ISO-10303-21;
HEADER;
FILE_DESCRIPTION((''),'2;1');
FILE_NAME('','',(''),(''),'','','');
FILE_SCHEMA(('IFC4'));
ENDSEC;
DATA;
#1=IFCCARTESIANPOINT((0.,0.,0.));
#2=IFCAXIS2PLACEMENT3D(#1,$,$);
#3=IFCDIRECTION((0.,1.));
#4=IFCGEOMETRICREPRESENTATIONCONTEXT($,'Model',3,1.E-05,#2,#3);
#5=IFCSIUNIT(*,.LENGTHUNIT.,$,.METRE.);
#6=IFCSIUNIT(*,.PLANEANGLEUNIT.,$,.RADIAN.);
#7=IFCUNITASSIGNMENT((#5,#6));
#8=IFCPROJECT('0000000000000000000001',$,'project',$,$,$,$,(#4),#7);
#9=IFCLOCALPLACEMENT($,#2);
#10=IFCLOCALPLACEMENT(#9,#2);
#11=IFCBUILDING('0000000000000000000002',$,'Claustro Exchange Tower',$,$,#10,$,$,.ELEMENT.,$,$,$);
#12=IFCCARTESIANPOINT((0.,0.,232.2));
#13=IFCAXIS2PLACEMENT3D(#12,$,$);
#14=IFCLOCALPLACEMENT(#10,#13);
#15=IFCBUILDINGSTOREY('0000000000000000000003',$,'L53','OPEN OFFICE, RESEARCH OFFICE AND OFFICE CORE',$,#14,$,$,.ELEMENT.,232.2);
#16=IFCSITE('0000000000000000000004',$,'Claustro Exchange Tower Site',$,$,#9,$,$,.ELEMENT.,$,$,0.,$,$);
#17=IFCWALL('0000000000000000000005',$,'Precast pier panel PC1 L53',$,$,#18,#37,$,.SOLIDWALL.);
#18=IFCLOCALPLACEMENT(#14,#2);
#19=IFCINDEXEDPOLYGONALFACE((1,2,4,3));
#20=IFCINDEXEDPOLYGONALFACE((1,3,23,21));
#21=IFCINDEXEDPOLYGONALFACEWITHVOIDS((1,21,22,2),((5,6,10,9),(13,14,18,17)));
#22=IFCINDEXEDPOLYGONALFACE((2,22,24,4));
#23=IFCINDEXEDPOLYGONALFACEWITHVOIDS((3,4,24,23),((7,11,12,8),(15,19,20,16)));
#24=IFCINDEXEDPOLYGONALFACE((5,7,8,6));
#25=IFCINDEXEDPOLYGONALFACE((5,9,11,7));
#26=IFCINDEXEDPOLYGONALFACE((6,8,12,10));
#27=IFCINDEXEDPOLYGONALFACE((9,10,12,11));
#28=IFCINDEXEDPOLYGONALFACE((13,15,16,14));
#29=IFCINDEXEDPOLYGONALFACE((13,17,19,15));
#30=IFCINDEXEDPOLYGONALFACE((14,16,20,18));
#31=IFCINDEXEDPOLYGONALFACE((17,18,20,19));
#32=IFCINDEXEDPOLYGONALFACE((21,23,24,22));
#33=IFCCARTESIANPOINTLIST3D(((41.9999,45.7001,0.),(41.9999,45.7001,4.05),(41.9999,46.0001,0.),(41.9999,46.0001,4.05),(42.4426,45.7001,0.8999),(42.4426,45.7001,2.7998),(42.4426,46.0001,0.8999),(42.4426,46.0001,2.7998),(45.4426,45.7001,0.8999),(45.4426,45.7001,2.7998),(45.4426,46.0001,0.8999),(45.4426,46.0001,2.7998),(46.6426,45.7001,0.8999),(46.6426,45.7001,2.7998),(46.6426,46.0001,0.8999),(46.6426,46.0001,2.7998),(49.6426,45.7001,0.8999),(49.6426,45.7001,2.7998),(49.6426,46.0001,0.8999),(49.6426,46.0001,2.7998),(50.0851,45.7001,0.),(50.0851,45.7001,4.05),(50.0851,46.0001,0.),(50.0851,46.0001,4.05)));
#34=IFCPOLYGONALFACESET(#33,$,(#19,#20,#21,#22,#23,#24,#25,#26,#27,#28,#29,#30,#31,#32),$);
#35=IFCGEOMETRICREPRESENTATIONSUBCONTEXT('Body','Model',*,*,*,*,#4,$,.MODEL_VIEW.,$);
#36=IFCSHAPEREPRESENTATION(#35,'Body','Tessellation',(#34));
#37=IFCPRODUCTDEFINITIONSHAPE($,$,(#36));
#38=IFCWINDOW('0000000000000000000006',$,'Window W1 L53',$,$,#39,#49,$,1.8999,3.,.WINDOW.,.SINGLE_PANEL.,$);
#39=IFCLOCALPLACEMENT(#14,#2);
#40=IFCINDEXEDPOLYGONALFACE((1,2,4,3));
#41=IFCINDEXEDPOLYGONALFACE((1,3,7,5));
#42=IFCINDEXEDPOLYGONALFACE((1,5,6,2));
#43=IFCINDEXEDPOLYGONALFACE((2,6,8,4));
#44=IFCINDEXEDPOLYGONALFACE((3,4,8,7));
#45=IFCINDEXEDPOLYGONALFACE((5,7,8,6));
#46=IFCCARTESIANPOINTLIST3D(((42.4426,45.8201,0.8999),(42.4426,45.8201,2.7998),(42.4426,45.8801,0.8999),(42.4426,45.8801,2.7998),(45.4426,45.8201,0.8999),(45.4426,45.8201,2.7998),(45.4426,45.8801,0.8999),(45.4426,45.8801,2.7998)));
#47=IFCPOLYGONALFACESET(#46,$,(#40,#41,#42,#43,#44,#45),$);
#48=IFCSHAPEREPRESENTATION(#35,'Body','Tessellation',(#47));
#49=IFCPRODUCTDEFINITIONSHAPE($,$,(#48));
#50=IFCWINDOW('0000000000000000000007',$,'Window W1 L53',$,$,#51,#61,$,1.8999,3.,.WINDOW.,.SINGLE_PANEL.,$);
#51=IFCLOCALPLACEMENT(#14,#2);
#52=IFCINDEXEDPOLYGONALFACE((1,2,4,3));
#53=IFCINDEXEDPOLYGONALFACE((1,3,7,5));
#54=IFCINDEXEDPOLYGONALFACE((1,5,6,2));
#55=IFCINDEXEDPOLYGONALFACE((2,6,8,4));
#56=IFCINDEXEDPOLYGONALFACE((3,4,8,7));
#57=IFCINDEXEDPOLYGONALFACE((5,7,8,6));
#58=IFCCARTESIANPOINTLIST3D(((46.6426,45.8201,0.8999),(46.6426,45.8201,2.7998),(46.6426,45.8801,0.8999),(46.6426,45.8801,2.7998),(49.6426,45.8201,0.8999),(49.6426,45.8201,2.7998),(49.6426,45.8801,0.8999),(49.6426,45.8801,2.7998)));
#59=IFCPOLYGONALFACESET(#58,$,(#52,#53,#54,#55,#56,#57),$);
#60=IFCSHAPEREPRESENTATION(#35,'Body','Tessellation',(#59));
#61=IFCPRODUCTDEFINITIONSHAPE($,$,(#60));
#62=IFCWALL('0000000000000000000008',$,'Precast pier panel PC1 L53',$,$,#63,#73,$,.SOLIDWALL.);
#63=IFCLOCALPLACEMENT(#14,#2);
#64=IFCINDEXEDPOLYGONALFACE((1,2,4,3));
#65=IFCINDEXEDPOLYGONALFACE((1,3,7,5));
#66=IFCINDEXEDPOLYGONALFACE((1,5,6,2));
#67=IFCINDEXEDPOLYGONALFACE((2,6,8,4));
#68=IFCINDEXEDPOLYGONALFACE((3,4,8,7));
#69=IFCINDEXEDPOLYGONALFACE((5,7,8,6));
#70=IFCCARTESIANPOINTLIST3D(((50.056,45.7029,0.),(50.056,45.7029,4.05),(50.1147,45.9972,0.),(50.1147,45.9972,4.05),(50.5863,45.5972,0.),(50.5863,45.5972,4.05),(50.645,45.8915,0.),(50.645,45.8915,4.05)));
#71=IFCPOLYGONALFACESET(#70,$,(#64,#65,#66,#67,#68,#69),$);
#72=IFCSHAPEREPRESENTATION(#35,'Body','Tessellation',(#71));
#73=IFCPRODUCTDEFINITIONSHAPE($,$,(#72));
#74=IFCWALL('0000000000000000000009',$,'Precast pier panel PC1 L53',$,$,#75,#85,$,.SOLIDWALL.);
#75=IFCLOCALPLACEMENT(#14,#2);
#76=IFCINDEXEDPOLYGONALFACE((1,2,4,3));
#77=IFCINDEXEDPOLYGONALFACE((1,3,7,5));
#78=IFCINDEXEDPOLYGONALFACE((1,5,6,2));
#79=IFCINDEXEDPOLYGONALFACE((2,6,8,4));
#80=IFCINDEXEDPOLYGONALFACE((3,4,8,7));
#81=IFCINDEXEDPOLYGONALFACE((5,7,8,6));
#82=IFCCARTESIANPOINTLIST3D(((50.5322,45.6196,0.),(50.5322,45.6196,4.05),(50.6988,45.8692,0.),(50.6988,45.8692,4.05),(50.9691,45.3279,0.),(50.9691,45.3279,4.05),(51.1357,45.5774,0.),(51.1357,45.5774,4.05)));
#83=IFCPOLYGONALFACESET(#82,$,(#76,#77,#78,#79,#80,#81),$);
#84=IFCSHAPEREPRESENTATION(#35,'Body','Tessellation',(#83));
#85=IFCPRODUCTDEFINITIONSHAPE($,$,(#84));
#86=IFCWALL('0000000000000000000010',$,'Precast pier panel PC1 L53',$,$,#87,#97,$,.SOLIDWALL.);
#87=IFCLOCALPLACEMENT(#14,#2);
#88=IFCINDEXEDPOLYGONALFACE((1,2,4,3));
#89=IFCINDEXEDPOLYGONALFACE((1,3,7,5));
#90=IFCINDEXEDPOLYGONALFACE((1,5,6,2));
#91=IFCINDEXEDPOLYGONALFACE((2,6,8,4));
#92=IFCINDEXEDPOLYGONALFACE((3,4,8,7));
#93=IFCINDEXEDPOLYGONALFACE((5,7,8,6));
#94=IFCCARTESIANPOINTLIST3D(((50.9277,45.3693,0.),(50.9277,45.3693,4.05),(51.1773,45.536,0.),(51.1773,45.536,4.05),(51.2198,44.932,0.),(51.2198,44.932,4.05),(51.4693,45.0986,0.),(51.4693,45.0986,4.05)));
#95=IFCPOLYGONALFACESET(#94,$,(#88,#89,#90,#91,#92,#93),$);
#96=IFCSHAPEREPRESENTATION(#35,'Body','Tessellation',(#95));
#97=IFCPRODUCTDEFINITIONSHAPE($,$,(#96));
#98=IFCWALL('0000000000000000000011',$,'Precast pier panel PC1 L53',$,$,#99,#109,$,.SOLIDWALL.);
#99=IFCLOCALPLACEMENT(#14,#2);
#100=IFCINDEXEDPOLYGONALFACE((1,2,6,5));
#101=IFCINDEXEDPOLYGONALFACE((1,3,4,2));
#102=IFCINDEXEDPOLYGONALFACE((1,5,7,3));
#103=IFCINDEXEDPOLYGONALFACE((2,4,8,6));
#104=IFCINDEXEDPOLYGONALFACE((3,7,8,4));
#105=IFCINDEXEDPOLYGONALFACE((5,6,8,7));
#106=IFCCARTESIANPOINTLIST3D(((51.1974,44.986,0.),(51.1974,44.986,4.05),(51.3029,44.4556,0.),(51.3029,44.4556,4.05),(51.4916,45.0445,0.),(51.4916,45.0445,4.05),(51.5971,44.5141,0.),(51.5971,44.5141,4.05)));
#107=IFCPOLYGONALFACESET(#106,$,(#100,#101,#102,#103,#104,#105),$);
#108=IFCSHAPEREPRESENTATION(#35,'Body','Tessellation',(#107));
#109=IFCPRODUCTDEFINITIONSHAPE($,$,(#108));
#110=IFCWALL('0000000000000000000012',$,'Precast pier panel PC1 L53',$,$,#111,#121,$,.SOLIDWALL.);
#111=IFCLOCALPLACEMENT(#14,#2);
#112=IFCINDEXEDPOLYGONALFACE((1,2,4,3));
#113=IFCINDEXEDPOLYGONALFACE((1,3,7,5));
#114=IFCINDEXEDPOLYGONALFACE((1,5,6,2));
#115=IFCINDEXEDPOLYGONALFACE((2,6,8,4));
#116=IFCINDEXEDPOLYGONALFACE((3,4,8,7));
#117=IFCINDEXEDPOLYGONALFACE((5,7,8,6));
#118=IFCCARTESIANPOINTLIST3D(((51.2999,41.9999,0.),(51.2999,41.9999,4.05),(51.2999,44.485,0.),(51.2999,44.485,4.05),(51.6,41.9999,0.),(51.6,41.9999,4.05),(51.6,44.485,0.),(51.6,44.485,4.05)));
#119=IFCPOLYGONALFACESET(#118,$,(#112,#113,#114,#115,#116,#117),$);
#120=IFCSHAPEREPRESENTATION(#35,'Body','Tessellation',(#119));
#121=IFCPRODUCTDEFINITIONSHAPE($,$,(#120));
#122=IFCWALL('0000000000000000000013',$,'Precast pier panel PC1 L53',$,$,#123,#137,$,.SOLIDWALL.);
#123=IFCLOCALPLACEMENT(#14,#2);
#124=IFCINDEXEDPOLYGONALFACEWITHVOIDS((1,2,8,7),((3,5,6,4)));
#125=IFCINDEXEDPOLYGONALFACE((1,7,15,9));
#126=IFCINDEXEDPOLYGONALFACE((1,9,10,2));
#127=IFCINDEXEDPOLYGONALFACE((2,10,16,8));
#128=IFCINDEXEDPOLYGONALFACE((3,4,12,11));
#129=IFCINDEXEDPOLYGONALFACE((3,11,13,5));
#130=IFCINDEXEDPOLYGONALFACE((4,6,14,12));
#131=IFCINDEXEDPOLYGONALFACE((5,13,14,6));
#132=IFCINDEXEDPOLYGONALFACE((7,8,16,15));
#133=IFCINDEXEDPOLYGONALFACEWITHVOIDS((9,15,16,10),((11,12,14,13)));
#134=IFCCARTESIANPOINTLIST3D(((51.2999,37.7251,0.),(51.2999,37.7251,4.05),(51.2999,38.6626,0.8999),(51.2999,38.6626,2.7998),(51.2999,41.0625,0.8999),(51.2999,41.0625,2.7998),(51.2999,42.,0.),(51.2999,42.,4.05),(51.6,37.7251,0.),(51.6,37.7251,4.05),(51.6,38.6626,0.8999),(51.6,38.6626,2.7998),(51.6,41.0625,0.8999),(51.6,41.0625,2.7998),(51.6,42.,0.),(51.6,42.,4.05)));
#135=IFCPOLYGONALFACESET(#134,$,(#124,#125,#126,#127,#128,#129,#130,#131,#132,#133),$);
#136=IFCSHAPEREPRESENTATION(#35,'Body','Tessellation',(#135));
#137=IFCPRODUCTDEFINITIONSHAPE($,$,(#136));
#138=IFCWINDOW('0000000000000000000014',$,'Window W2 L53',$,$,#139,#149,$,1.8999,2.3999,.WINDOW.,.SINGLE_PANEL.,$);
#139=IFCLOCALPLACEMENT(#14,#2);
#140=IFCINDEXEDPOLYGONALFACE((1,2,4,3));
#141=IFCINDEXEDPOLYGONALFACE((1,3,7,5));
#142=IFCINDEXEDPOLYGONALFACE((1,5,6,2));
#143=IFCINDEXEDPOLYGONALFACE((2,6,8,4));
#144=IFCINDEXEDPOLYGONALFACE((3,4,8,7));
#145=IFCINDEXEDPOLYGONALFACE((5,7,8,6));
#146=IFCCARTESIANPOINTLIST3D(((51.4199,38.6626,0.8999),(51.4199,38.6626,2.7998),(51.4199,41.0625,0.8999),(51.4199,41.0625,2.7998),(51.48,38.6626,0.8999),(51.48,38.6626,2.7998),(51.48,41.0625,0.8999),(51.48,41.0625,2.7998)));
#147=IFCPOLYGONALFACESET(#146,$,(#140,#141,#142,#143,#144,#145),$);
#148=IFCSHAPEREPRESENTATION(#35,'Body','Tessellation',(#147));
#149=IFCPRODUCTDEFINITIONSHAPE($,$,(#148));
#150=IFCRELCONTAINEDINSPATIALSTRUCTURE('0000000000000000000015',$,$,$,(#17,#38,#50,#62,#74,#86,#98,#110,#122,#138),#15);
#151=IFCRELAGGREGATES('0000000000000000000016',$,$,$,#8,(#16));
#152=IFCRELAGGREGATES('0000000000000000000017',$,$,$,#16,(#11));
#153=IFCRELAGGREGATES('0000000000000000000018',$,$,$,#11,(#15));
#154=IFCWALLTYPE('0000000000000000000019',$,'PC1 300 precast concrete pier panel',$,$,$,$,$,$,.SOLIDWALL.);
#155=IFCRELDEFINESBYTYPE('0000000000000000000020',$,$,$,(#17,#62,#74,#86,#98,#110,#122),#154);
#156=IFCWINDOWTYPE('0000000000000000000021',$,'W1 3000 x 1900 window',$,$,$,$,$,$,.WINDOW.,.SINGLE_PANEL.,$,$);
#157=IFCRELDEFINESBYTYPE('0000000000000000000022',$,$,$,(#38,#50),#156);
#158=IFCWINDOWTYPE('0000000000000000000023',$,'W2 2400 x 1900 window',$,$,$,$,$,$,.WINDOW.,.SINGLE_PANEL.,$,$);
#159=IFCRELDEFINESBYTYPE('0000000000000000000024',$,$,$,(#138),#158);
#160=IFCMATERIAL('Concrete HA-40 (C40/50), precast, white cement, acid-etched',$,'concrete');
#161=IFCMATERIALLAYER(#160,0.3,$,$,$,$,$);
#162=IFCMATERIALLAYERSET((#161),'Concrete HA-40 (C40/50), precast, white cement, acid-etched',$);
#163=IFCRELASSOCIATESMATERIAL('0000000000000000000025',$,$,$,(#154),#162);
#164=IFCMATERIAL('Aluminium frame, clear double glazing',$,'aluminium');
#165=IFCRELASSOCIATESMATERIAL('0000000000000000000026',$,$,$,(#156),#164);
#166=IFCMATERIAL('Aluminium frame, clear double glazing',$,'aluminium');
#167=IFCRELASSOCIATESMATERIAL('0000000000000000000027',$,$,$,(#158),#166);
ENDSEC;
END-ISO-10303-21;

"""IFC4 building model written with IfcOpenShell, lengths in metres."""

from ifc_helpers import new_model, si_unit, direction, frame, frame_2d, origin, place, context, subcontext, project, spatial, rectangle, extrude, material, layer, layer_set, type_object, element, fill, save


model = new_model("IFC4")

# Units and contexts
model_context = context("Model", 3, precision=1e-05, world=origin(), true_north=direction((0.0, 1.0)))
body_context = subcontext(model_context, "Body", "Model", "MODEL_VIEW")
ifc_project = project(units=[si_unit("LENGTHUNIT", "METRE"), si_unit("PLANEANGLEUNIT", "RADIAN")], contexts=[model_context])

# Site, building, storey
site_placement = place(None, origin())
site = spatial("IfcSite", under=ifc_project, at=site_placement, Name="Claustro Exchange Tower Site", CompositionType="ELEMENT", RefElevation=0.0)
building_placement = place(site_placement, origin())
building = spatial("IfcBuilding", under=site, at=building_placement, Name="Claustro Exchange Tower", CompositionType="ELEMENT")
storey_placement = place(building_placement, frame((0.0, 0.0, 232.2)))
storey = spatial("IfcBuildingStorey", under=building, at=storey_placement, Name="L53", Description="OPEN OFFICE, RESEARCH OFFICE AND OFFICE CORE", CompositionType="ELEMENT", Elevation=232.2)

# Wall, openings, windows
ifc_material_1 = material(Name="Concrete HA-40 (C40/50), precast, white cement, acid-etched", Category="concrete")
ifc_layer_1 = layer(ifc_material_1, 0.3)
ifc_layer_set_1 = layer_set([ifc_layer_1], Name="Concrete HA-40 (C40/50), precast, white cement, acid-etched")
wall_type_1 = type_object("IfcWallType", Name="PC1 300 precast concrete pier panel", PredefinedType="SOLIDWALL", material=ifc_layer_set_1)
wall_1_placement = place(storey_placement, frame((42.0, 45.8501, 0.0), z_axis=(0.0, 0.0, 1.0), x_axis=(1.0, 0.0, 0.0)))
wall_1 = element("IfcWall", 1, at=wall_1_placement, inside=storey, type_object=wall_type_1, Name="Precast pier panel PC1 L53", PredefinedType="SOLIDWALL", context=body_context, shape_type="SweptSolid", body=[
    extrude(rectangle(XDim=8.0852, YDim=0.3, at=frame_2d((4.0425, 0.0))), origin(), (0.0, 0.0, 1.0), 4.05),
])
opening_1_placement = place(wall_1_placement, frame((0.4426, 0.0, 0.8999)))
opening_1 = element("IfcOpeningElement", 2, at=opening_1_placement, cuts=wall_1, PredefinedType="OPENING", context=body_context, shape_type="SweptSolid", body=[
    extrude(rectangle(XDim=3.0, YDim=1.8999, at=frame_2d((1.5, 0.95))), frame((0.0, 0.1599, 0.0), z_axis=(0.0, -1.0, 0.0), x_axis=(1.0, 0.0, 0.0)), (0.0, 0.0, 1.0), 0.3201),
])
opening_2_placement = place(wall_1_placement, frame((4.6426, 0.0, 0.8999)))
opening_2 = element("IfcOpeningElement", 3, at=opening_2_placement, cuts=wall_1, PredefinedType="OPENING", context=body_context, shape_type="SweptSolid", body=[
    extrude(rectangle(XDim=3.0, YDim=1.8999, at=frame_2d((1.5, 0.95))), frame((0.0, 0.1599, 0.0), z_axis=(0.0, -1.0, 0.0), x_axis=(1.0, 0.0, 0.0)), (0.0, 0.0, 1.0), 0.3201),
])
ifc_material_2 = material(Name="Aluminium frame, clear double glazing", Category="aluminium")
window_type_1 = type_object("IfcWindowType", Name="W1 3000 x 1900 window", PartitioningType="SINGLE_PANEL", PredefinedType="WINDOW", material=ifc_material_2)
window_1_placement = place(opening_1_placement, origin())
window_1 = element("IfcWindow", 4, at=window_1_placement, inside=storey, type_object=window_type_1, Name="Window W1 L53", OverallHeight=1.8999, OverallWidth=3.0, PartitioningType="SINGLE_PANEL", PredefinedType="WINDOW", context=body_context, shape_type="SweptSolid", body=[
    extrude(rectangle(XDim=3.0, YDim=1.8999, at=frame_2d((1.5, 0.95))), frame((0.0, 0.03, 0.0), z_axis=(0.0, -1.0, 0.0), x_axis=(1.0, 0.0, 0.0)), (0.0, 0.0, 1.0), 0.0601),
])
fill(opening_1, window_1)
window_2_placement = place(opening_2_placement, origin())
window_2 = element("IfcWindow", 5, at=window_2_placement, inside=storey, type_object=window_type_1, Name="Window W1 L53", OverallHeight=1.8999, OverallWidth=3.0, PartitioningType="SINGLE_PANEL", PredefinedType="WINDOW", context=body_context, shape_type="SweptSolid", body=[
    extrude(rectangle(XDim=3.0, YDim=1.8999, at=frame_2d((1.5, 0.95))), frame((0.0, 0.03, 0.0), z_axis=(0.0, -1.0, 0.0), x_axis=(1.0, 0.0, 0.0)), (0.0, 0.0, 1.0), 0.0601),
])
fill(opening_2, window_2)

# Walls
wall_2_placement = place(storey_placement, frame((50.0852, 45.8501, 0.0), z_axis=(0.0, 0.0, 1.0), x_axis=(0.980702, -0.195508, 0.0)))
element("IfcWall", 6, at=wall_2_placement, inside=storey, type_object=wall_type_1, Name="Precast pier panel PC1 L53", PredefinedType="SOLIDWALL", context=body_context, shape_type="SweptSolid", body=[
    extrude(rectangle(XDim=0.5408, YDim=0.3, at=frame_2d((0.2705, 0.0))), origin(), (0.0, 0.0, 1.0), 4.05),
])
wall_3_placement = place(storey_placement, frame((50.6155, 45.7444, 0.0), z_axis=(0.0, 0.0, 1.0), x_axis=(0.831693, -0.555236, 0.0)))
element("IfcWall", 7, at=wall_3_placement, inside=storey, type_object=wall_type_1, Name="Precast pier panel PC1 L53", PredefinedType="SOLIDWALL", context=body_context, shape_type="SweptSolid", body=[
    extrude(rectangle(XDim=0.5254, YDim=0.3, at=frame_2d((0.2627, 0.0))), origin(), (0.0, 0.0, 1.0), 4.05),
])
wall_4_placement = place(storey_placement, frame((51.0525, 45.4526, 0.0), z_axis=(0.0, 0.0, 1.0), x_axis=(0.555343, -0.831621, 0.0)))
element("IfcWall", 8, at=wall_4_placement, inside=storey, type_object=wall_type_1, Name="Precast pier panel PC1 L53", PredefinedType="SOLIDWALL", context=body_context, shape_type="SweptSolid", body=[
    extrude(rectangle(XDim=0.5259, YDim=0.3, at=frame_2d((0.2629, 0.0))), origin(), (0.0, 0.0, 1.0), 4.05),
])
wall_5_placement = place(storey_placement, frame((51.3445, 45.0154, 0.0), z_axis=(0.0, 0.0, 1.0), x_axis=(0.195074, -0.980789, 0.0)))
element("IfcWall", 9, at=wall_5_placement, inside=storey, type_object=wall_type_1, Name="Precast pier panel PC1 L53", PredefinedType="SOLIDWALL", context=body_context, shape_type="SweptSolid", body=[
    extrude(rectangle(XDim=0.5408, YDim=0.3, at=frame_2d((0.2705, 0.0))), origin(), (0.0, 0.0, 1.0), 4.05),
])
wall_6_placement = place(storey_placement, frame((51.45, 44.4851, 0.0), z_axis=(0.0, 0.0, 1.0), x_axis=(0.0, -1.0, 0.0)))
element("IfcWall", 10, at=wall_6_placement, inside=storey, type_object=wall_type_1, Name="Precast pier panel PC1 L53", PredefinedType="SOLIDWALL", context=body_context, shape_type="SweptSolid", body=[
    extrude(rectangle(XDim=2.4851, YDim=0.3, at=frame_2d((1.2427, 0.0))), origin(), (0.0, 0.0, 1.0), 4.05),
])

# Wall, opening, window
wall_7_placement = place(storey_placement, frame((51.45, 42.0, 0.0), z_axis=(0.0, 0.0, 1.0), x_axis=(0.0, -1.0, 0.0)))
wall_7 = element("IfcWall", 11, at=wall_7_placement, inside=storey, type_object=wall_type_1, Name="Precast pier panel PC1 L53", PredefinedType="SOLIDWALL", context=body_context, shape_type="SweptSolid", body=[
    extrude(rectangle(XDim=4.2749, YDim=0.3, at=frame_2d((2.1375, 0.0))), origin(), (0.0, 0.0, 1.0), 4.05),
])
opening_3_placement = place(wall_7_placement, frame((0.9375, 0.0, 0.8999)))
opening_3 = element("IfcOpeningElement", 12, at=opening_3_placement, cuts=wall_7, PredefinedType="OPENING", context=body_context, shape_type="SweptSolid", body=[
    extrude(rectangle(XDim=2.3999, YDim=1.8999, at=frame_2d((1.2, 0.95))), frame((0.0, 0.1599, 0.0), z_axis=(0.0, -1.0, 0.0), x_axis=(1.0, 0.0, 0.0)), (0.0, 0.0, 1.0), 0.3201),
])
ifc_material_3 = material(Name="Aluminium frame, clear double glazing", Category="aluminium")
window_type_2 = type_object("IfcWindowType", Name="W2 2400 x 1900 window", PartitioningType="SINGLE_PANEL", PredefinedType="WINDOW", material=ifc_material_3)
window_3_placement = place(opening_3_placement, origin())
window_3 = element("IfcWindow", 13, at=window_3_placement, inside=storey, type_object=window_type_2, Name="Window W2 L53", OverallHeight=1.8999, OverallWidth=2.3999, PartitioningType="SINGLE_PANEL", PredefinedType="WINDOW", context=body_context, shape_type="SweptSolid", body=[
    extrude(rectangle(XDim=2.3999, YDim=1.8999, at=frame_2d((1.2, 0.95))), frame((0.0, 0.03, 0.0), z_axis=(0.0, -1.0, 0.0), x_axis=(1.0, 0.0, 0.0)), (0.0, 0.0, 1.0), 0.0601),
])
fill(opening_3, window_3)

save(model, "model.ifc")
